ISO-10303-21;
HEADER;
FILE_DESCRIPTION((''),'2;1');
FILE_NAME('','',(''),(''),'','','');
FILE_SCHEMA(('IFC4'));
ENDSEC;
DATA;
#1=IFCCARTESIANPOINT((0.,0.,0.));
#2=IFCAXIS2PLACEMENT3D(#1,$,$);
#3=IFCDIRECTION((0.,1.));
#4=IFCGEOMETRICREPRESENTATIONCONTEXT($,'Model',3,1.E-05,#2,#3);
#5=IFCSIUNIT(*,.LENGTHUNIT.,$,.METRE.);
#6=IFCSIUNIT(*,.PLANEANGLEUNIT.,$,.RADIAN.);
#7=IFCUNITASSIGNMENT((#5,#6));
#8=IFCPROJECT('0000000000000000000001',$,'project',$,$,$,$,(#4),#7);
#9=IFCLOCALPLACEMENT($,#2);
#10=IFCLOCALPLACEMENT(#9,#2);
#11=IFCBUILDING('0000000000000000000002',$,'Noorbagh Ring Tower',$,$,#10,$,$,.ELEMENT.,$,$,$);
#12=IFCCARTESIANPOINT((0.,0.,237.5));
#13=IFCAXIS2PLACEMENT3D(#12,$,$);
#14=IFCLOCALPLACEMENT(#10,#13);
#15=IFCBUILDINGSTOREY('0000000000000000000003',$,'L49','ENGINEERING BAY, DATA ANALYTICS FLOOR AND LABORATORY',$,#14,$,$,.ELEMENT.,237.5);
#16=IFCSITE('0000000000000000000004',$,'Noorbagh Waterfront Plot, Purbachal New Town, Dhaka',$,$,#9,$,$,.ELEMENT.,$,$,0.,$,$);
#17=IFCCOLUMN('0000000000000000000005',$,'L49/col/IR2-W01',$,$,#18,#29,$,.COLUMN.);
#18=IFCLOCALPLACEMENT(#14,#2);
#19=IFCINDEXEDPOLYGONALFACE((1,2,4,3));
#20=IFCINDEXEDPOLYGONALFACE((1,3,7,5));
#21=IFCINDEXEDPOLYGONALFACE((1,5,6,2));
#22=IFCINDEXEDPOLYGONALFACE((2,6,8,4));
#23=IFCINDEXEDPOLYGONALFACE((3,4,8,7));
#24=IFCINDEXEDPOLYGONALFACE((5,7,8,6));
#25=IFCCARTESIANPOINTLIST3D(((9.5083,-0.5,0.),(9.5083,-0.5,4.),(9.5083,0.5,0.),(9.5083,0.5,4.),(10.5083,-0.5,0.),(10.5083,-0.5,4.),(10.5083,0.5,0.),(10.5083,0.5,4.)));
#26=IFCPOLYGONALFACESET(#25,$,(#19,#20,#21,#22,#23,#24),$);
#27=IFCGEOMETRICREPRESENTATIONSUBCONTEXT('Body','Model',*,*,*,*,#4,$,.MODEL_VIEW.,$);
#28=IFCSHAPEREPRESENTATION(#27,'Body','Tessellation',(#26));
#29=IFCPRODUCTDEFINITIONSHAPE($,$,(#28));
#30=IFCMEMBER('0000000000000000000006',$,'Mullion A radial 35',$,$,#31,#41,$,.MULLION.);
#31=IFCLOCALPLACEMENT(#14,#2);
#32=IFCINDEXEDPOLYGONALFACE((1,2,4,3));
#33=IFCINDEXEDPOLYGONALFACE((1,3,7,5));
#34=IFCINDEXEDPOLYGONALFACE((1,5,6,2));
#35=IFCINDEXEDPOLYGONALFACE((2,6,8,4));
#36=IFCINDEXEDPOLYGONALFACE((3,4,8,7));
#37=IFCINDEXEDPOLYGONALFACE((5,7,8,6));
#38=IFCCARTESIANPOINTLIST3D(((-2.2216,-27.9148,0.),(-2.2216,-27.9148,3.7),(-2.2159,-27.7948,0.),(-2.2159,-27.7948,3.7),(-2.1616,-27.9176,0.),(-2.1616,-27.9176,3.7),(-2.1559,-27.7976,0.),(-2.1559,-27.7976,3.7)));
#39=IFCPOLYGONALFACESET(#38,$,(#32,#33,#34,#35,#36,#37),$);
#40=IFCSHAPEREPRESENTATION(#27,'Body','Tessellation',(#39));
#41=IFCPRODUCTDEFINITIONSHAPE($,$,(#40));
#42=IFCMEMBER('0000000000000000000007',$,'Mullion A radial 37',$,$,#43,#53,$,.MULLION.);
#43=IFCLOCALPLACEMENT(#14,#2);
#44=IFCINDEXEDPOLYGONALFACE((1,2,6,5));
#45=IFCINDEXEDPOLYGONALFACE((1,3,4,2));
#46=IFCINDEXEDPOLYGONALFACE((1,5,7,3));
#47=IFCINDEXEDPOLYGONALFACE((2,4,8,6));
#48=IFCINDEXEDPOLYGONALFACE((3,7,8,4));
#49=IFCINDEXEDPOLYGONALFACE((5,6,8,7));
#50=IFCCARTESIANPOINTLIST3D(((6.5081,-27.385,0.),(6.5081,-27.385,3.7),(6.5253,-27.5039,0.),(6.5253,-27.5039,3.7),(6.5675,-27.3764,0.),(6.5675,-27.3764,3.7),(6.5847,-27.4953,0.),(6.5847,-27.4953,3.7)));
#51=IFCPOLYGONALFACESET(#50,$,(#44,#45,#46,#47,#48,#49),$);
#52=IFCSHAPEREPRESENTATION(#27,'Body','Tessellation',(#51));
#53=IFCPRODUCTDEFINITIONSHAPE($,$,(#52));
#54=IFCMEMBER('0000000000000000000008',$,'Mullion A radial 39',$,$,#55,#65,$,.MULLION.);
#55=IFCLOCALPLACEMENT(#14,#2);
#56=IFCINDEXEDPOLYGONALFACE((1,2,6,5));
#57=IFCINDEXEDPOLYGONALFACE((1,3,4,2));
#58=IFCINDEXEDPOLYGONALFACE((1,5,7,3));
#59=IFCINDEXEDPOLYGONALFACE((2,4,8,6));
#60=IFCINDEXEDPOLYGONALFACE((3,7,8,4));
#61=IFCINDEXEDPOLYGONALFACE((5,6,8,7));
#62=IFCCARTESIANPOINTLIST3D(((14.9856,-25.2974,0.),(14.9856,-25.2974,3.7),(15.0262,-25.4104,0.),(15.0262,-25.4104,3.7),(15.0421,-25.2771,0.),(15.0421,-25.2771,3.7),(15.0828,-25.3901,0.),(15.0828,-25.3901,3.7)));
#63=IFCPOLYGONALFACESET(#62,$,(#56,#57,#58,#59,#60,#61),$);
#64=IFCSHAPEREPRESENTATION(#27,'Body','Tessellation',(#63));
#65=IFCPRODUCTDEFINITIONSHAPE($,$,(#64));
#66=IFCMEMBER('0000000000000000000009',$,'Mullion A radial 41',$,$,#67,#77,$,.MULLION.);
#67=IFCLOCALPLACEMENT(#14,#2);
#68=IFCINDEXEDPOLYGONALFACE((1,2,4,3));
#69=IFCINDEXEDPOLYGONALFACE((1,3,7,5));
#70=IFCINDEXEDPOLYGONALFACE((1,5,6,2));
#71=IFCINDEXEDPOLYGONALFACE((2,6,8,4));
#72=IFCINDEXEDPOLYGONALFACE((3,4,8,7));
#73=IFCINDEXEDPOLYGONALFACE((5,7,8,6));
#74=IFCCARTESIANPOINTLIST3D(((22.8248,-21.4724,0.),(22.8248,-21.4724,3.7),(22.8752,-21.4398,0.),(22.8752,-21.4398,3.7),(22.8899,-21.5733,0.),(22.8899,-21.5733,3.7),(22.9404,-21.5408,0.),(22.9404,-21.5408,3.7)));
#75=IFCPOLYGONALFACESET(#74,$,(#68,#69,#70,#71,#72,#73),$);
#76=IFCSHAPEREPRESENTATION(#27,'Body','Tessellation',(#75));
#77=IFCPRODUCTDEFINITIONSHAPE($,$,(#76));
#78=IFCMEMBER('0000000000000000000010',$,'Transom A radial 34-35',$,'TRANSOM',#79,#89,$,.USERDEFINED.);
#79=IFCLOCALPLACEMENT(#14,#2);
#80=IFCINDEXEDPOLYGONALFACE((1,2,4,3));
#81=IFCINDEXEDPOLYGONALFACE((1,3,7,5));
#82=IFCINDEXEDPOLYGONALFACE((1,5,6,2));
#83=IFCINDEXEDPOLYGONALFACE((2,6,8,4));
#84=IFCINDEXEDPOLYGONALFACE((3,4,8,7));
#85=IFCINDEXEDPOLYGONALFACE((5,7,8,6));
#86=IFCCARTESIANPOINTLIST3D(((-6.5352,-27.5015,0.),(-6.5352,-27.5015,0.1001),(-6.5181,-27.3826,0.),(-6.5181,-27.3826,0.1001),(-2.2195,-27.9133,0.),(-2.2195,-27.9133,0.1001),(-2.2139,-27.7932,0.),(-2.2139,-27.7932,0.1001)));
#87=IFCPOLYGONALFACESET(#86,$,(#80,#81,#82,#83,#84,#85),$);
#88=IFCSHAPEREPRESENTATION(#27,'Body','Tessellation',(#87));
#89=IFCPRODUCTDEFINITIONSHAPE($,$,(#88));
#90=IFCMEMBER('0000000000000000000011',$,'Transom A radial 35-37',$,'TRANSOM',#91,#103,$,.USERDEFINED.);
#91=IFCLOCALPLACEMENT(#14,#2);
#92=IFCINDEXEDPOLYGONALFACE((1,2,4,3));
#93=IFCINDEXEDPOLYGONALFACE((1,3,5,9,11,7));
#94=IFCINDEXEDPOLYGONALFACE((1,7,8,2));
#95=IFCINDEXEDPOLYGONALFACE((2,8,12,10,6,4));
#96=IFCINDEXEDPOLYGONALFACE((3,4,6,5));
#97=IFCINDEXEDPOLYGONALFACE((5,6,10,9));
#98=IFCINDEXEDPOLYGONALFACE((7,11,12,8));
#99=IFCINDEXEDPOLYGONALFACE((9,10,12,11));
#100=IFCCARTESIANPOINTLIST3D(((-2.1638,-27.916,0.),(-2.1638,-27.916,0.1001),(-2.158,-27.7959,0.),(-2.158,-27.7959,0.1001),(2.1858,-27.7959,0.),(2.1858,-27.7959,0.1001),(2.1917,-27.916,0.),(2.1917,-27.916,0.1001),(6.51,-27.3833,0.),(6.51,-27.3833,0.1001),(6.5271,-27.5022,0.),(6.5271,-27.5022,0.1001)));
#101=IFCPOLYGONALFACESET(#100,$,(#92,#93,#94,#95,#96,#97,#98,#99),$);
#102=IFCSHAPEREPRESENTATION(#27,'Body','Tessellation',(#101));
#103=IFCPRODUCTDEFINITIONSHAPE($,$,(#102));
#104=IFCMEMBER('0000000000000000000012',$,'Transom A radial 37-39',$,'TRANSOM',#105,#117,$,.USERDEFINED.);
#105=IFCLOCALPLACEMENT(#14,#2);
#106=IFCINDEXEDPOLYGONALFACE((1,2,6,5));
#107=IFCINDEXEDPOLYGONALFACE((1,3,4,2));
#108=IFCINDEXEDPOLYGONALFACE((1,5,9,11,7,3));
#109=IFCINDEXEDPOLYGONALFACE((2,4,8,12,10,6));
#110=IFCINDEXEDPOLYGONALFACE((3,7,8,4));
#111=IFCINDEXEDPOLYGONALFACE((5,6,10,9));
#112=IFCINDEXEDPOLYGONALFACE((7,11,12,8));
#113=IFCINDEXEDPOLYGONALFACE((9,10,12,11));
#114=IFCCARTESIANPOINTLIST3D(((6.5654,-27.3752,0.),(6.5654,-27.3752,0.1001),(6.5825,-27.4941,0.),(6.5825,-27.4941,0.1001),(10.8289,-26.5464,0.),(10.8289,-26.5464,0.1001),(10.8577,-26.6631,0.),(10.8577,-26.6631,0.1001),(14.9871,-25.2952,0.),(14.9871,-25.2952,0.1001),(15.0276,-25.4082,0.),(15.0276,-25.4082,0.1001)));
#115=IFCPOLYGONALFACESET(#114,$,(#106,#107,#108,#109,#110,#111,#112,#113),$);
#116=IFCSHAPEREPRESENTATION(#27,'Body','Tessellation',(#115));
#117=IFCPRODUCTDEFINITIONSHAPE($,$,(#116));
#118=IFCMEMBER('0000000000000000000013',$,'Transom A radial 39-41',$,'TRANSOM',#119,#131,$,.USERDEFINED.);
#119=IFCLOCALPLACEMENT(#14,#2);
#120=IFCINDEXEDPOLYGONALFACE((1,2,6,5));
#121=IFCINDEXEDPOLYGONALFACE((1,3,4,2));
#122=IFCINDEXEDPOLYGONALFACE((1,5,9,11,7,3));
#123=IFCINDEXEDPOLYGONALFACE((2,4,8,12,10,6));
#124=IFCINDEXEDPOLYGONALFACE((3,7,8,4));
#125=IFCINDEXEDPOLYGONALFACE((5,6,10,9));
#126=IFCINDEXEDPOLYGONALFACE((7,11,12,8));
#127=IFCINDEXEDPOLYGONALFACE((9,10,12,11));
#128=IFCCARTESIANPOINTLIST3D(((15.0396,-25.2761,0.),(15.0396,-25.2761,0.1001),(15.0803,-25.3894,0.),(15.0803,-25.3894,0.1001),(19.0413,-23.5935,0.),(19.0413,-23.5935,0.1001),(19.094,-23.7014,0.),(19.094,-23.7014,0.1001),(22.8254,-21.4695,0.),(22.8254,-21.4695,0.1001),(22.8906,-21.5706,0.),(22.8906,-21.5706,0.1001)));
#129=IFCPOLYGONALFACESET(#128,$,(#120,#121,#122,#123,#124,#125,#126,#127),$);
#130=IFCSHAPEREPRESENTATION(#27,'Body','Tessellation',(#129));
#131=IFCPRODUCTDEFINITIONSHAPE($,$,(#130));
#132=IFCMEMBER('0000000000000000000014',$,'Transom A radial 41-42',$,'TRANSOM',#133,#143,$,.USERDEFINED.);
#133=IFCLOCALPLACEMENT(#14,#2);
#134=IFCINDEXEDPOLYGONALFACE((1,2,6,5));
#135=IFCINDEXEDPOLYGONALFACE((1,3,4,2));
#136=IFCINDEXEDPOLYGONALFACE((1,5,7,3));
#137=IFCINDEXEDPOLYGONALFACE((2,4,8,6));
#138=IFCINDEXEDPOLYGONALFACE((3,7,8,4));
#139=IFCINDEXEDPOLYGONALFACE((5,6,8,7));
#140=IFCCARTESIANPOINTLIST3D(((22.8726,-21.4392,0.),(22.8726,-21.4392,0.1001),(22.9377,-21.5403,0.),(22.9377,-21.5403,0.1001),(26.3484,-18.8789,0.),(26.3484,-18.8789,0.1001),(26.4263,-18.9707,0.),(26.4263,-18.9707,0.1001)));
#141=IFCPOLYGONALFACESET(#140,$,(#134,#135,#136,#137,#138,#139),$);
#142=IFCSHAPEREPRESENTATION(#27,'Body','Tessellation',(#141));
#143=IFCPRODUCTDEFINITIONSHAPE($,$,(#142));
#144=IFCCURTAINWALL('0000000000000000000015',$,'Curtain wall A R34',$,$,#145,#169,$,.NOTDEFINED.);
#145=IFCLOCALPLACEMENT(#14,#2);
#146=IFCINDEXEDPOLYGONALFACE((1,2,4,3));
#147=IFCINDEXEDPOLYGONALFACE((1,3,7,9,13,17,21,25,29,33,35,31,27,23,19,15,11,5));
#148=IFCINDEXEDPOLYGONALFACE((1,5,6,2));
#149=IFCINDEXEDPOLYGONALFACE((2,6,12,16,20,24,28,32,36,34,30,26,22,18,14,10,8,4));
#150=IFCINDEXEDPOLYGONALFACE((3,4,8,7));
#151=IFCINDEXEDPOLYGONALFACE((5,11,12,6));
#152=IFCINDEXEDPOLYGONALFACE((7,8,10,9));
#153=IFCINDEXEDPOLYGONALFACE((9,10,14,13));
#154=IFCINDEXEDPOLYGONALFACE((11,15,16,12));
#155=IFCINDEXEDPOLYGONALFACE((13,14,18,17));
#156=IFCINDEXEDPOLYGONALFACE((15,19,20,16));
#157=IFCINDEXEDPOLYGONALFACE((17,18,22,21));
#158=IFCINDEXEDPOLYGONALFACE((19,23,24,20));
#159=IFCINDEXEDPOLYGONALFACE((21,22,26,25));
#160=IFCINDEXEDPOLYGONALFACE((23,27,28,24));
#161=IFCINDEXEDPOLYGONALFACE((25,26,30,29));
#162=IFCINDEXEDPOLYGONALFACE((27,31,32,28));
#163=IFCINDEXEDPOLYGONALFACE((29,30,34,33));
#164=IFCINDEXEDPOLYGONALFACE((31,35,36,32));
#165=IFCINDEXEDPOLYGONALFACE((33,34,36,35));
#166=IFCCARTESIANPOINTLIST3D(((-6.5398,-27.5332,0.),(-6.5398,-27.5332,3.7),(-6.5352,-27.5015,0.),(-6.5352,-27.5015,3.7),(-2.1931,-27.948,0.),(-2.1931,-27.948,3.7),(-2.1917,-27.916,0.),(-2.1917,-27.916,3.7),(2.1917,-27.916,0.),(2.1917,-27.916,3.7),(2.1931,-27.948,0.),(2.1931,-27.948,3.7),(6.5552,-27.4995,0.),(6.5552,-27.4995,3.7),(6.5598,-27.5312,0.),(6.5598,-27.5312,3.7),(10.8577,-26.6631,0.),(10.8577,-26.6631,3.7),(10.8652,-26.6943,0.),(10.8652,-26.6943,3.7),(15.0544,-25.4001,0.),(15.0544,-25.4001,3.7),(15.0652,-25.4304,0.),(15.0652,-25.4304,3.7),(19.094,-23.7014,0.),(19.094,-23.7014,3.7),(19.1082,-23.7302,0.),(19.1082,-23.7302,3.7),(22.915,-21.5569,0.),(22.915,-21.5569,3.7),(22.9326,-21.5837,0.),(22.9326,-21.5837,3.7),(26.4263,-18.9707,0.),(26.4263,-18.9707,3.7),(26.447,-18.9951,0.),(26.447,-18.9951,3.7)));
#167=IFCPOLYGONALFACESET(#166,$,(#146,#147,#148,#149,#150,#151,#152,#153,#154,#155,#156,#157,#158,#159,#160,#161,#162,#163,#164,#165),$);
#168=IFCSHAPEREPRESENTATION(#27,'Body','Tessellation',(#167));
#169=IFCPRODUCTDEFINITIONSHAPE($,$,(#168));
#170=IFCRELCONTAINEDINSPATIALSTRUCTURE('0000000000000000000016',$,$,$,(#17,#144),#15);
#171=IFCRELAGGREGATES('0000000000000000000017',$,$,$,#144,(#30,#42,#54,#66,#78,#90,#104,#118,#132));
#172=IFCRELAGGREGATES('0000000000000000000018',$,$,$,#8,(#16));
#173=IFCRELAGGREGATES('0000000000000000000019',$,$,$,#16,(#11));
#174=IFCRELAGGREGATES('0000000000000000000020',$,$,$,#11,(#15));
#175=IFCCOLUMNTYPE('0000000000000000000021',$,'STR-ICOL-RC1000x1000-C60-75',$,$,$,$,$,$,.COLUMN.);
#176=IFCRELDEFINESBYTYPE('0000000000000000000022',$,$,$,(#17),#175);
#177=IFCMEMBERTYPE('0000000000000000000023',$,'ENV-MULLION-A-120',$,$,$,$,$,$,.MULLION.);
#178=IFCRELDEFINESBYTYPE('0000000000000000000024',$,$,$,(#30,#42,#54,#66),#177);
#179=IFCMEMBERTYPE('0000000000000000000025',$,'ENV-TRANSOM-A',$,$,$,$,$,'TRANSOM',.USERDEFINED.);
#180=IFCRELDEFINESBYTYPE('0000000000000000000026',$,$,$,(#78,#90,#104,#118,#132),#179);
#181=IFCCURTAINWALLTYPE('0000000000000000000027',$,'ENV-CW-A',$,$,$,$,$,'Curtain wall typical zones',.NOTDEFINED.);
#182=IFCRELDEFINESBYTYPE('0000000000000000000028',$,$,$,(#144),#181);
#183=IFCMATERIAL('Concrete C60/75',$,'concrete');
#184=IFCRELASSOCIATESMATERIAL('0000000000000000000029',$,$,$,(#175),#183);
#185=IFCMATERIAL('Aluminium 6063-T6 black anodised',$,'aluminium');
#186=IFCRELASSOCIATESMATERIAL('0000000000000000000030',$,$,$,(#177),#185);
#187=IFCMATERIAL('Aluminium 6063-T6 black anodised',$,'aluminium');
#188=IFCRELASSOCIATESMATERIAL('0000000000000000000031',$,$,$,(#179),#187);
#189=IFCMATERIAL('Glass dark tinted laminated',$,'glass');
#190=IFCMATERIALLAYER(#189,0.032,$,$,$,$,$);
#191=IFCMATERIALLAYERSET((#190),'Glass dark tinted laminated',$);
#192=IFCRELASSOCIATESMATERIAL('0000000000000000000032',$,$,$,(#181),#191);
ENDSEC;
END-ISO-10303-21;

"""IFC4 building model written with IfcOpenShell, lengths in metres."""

from ifc_helpers import new_model, si_unit, direction, frame, origin, origin_2d, place, context, subcontext, project, spatial, polyline, rectangle, outline, extrude, material, layer, layer_set, material_profile, profile_set, type_object, element, aggregate, save


model = new_model("IFC4")

# Units and contexts
model_context = context("Model", 3, precision=1e-05, world=origin(), true_north=direction((0.0, 1.0)))
body_context = subcontext(model_context, "Body", "Model", "MODEL_VIEW")
ifc_project = project(units=[si_unit("LENGTHUNIT", "METRE"), si_unit("PLANEANGLEUNIT", "RADIAN")], contexts=[model_context])

# Site, building, storey
site_placement = place(None, origin())
site = spatial("IfcSite", under=ifc_project, at=site_placement, Name="Noorbagh Waterfront Plot, Purbachal New Town, Dhaka", CompositionType="ELEMENT", RefElevation=0.0)
building_placement = place(site_placement, origin())
building = spatial("IfcBuilding", under=site, at=building_placement, Name="Noorbagh Ring Tower", CompositionType="ELEMENT")
storey_placement = place(building_placement, frame((0.0, 0.0, 237.5)))
storey = spatial("IfcBuildingStorey", under=building, at=storey_placement, Name="L49", Description="ENGINEERING BAY, DATA ANALYTICS FLOOR AND LABORATORY", CompositionType="ELEMENT", Elevation=237.5)

# Column
ifc_material_1 = material(Name="Concrete C60/75", Category="concrete")
ifc_material_profile_1 = material_profile(ifc_material_1, rectangle(XDim=1.0, YDim=1.0, at=origin_2d()), Name="RC1000x1000")
ifc_profile_set_1 = profile_set([ifc_material_profile_1], Name="Concrete C60/75")
column_type = type_object("IfcColumnType", Name="STR-ICOL-RC1000x1000-C60-75", PredefinedType="COLUMN", material=ifc_profile_set_1)
column_placement = place(storey_placement, frame((10.0083, 0.0, 0.0), z_axis=(0.0, 0.0, 1.0), x_axis=(0.0, 1.0, 0.0)))
element("IfcColumn", 1, at=column_placement, inside=storey, type_object=column_type, Name="L49/col/IR2-W01", PredefinedType="COLUMN", context=body_context, shape_type="SweptSolid", body=[
    extrude(rectangle(XDim=1.0, YDim=1.0, at=origin_2d()), origin(), (0.0, 0.0, 1.0), 4.0),
])

# Members
ifc_material_2 = material(Name="Aluminium 6063-T6 black anodised", Category="aluminium")
ifc_material_profile_2 = material_profile(ifc_material_2, rectangle(XDim=0.1201, YDim=0.0601, at=origin_2d()), Name="120x60")
ifc_profile_set_2 = profile_set([ifc_material_profile_2], Name="Aluminium 6063-T6 black anodised")
member_type_1 = type_object("IfcMemberType", Name="ENV-MULLION-A-120", PredefinedType="MULLION", material=ifc_profile_set_2)
member_1_placement = place(storey_placement, frame((-2.1887, -27.8562, 0.0), z_axis=(0.0, 0.0, 1.0), x_axis=(0.047558, 0.998868, 0.0)))
member_1 = element("IfcMember", 2, at=member_1_placement, type_object=member_type_1, Name="Mullion A radial 35", PredefinedType="MULLION", context=body_context, shape_type="SweptSolid", body=[
    extrude(rectangle(XDim=0.1201, YDim=0.0601, at=origin_2d()), origin(), (0.0, 0.0, 1.0), 3.7),
])
member_2_placement = place(storey_placement, frame((6.5464, -27.4402, 0.0), z_axis=(0.0, 0.0, 1.0), x_axis=(-0.143082, 0.989711, 0.0)))
member_2 = element("IfcMember", 3, at=member_2_placement, type_object=member_type_1, Name="Mullion A radial 37", PredefinedType="MULLION", context=body_context, shape_type="SweptSolid", body=[
    extrude(rectangle(XDim=0.1201, YDim=0.0601, at=origin_2d()), origin(), (0.0, 0.0, 1.0), 3.7),
])
member_3_placement = place(storey_placement, frame((15.0342, -25.3438, 0.0), z_axis=(0.0, 0.0, 1.0), x_axis=(-0.338379, 0.94101, 0.0)))
member_3 = element("IfcMember", 4, at=member_3_placement, type_object=member_type_1, Name="Mullion A radial 39", PredefinedType="MULLION", context=body_context, shape_type="SweptSolid", body=[
    extrude(rectangle(XDim=0.1201, YDim=0.0601, at=origin_2d()), origin(), (0.0, 0.0, 1.0), 3.7),
])
member_4_placement = place(storey_placement, frame((22.8826, -21.5066, 0.0), z_axis=(0.0, 0.0, 1.0), x_axis=(-0.542279, 0.840198, 0.0)))
member_4 = element("IfcMember", 5, at=member_4_placement, type_object=member_type_1, Name="Mullion A radial 41", PredefinedType="MULLION", context=body_context, shape_type="SweptSolid", body=[
    extrude(rectangle(XDim=0.1201, YDim=0.0601, at=origin_2d()), origin(), (0.0, 0.0, 1.0), 3.7),
])
ifc_material_3 = material(Name="Aluminium 6063-T6 black anodised", Category="aluminium")
member_type_2 = type_object("IfcMemberType", Name="ENV-TRANSOM-A", ElementType="TRANSOM", PredefinedType="USERDEFINED", material=ifc_material_3)
member_5_placement = place(storey_placement, origin())
member_5 = element("IfcMember", 6, at=member_5_placement, type_object=member_type_2, Name="Transom A radial 34-35", ObjectType="TRANSOM", PredefinedType="USERDEFINED", context=body_context, shape_type="SweptSolid", body=[
    extrude(outline(polyline([(-6.5352, -27.5015), (-2.2195, -27.9133), (-2.2139, -27.7932), (-6.5181, -27.3826), (-6.5352, -27.5015)])), origin(), (0.0, 0.0, 1.0), 0.1001),
])
member_6_placement = place(storey_placement, origin())
member_6 = element("IfcMember", 7, at=member_6_placement, type_object=member_type_2, Name="Transom A radial 35-37", ObjectType="TRANSOM", PredefinedType="USERDEFINED", context=body_context, shape_type="SweptSolid", body=[
    extrude(outline(polyline([(-2.1638, -27.916), (2.1917, -27.916), (6.5271, -27.5022), (6.51, -27.3833), (2.1858, -27.7959), (-2.158, -27.7959), (-2.1638, -27.916)])), origin(), (0.0, 0.0, 1.0), 0.1001),
])
member_7_placement = place(storey_placement, origin())
member_7 = element("IfcMember", 8, at=member_7_placement, type_object=member_type_2, Name="Transom A radial 37-39", ObjectType="TRANSOM", PredefinedType="USERDEFINED", context=body_context, shape_type="SweptSolid", body=[
    extrude(outline(polyline([(6.5825, -27.4941), (10.8577, -26.6631), (15.0276, -25.4082), (14.9871, -25.2952), (10.8289, -26.5464), (6.5654, -27.3752), (6.5825, -27.4941)])), origin(), (0.0, 0.0, 1.0), 0.1001),
])
member_8_placement = place(storey_placement, origin())
member_8 = element("IfcMember", 9, at=member_8_placement, type_object=member_type_2, Name="Transom A radial 39-41", ObjectType="TRANSOM", PredefinedType="USERDEFINED", context=body_context, shape_type="SweptSolid", body=[
    extrude(outline(polyline([(15.0803, -25.3894), (19.094, -23.7014), (22.8906, -21.5706), (22.8254, -21.4695), (19.0413, -23.5935), (15.0396, -25.2761), (15.0803, -25.3894)])), origin(), (0.0, 0.0, 1.0), 0.1001),
])
member_9_placement = place(storey_placement, origin())
member_9 = element("IfcMember", 10, at=member_9_placement, type_object=member_type_2, Name="Transom A radial 41-42", ObjectType="TRANSOM", PredefinedType="USERDEFINED", context=body_context, shape_type="SweptSolid", body=[
    extrude(outline(polyline([(22.9377, -21.5403), (26.4263, -18.9707), (26.3484, -18.8789), (22.8726, -21.4392), (22.9377, -21.5403)])), origin(), (0.0, 0.0, 1.0), 0.1001),
])

# Curtain wall
ifc_material_4 = material(Name="Glass dark tinted laminated", Category="glass")
ifc_layer_1 = layer(ifc_material_4, 0.032)
ifc_layer_set_1 = layer_set([ifc_layer_1], Name="Glass dark tinted laminated")
curtain_wall_type_1 = type_object("IfcCurtainWallType", Name="ENV-CW-A", ElementType="Curtain wall typical zones", PredefinedType="NOTDEFINED", material=ifc_layer_set_1)
curtain_wall_1_placement = place(storey_placement, origin())
curtain_wall_1 = element("IfcCurtainWall", 11, at=curtain_wall_1_placement, inside=storey, type_object=curtain_wall_type_1, Name="Curtain wall A R34", PredefinedType="NOTDEFINED", context=body_context, shape_type="SweptSolid", body=[
    extrude(outline(polyline([(-6.5398, -27.5332), (-2.1931, -27.948), (2.1931, -27.948), (6.5598, -27.5312), (10.8652, -26.6943), (15.0652, -25.4304), (19.1082, -23.7302), (22.9326, -21.5837), (26.447, -18.9951), (26.4263, -18.9707), (22.915, -21.5569), (19.094, -23.7014), (15.0544, -25.4001), (10.8577, -26.6631), (6.5552, -27.4995), (2.1917, -27.916), (-2.1917, -27.916), (-6.5352, -27.5015), (-6.5398, -27.5332)])), origin(), (0.0, 0.0, 1.0), 3.7),
])
aggregate(curtain_wall_1, [member_1, member_2, member_3, member_4, member_5, member_6, member_7, member_8, member_9])

save(model, "model.ifc")
